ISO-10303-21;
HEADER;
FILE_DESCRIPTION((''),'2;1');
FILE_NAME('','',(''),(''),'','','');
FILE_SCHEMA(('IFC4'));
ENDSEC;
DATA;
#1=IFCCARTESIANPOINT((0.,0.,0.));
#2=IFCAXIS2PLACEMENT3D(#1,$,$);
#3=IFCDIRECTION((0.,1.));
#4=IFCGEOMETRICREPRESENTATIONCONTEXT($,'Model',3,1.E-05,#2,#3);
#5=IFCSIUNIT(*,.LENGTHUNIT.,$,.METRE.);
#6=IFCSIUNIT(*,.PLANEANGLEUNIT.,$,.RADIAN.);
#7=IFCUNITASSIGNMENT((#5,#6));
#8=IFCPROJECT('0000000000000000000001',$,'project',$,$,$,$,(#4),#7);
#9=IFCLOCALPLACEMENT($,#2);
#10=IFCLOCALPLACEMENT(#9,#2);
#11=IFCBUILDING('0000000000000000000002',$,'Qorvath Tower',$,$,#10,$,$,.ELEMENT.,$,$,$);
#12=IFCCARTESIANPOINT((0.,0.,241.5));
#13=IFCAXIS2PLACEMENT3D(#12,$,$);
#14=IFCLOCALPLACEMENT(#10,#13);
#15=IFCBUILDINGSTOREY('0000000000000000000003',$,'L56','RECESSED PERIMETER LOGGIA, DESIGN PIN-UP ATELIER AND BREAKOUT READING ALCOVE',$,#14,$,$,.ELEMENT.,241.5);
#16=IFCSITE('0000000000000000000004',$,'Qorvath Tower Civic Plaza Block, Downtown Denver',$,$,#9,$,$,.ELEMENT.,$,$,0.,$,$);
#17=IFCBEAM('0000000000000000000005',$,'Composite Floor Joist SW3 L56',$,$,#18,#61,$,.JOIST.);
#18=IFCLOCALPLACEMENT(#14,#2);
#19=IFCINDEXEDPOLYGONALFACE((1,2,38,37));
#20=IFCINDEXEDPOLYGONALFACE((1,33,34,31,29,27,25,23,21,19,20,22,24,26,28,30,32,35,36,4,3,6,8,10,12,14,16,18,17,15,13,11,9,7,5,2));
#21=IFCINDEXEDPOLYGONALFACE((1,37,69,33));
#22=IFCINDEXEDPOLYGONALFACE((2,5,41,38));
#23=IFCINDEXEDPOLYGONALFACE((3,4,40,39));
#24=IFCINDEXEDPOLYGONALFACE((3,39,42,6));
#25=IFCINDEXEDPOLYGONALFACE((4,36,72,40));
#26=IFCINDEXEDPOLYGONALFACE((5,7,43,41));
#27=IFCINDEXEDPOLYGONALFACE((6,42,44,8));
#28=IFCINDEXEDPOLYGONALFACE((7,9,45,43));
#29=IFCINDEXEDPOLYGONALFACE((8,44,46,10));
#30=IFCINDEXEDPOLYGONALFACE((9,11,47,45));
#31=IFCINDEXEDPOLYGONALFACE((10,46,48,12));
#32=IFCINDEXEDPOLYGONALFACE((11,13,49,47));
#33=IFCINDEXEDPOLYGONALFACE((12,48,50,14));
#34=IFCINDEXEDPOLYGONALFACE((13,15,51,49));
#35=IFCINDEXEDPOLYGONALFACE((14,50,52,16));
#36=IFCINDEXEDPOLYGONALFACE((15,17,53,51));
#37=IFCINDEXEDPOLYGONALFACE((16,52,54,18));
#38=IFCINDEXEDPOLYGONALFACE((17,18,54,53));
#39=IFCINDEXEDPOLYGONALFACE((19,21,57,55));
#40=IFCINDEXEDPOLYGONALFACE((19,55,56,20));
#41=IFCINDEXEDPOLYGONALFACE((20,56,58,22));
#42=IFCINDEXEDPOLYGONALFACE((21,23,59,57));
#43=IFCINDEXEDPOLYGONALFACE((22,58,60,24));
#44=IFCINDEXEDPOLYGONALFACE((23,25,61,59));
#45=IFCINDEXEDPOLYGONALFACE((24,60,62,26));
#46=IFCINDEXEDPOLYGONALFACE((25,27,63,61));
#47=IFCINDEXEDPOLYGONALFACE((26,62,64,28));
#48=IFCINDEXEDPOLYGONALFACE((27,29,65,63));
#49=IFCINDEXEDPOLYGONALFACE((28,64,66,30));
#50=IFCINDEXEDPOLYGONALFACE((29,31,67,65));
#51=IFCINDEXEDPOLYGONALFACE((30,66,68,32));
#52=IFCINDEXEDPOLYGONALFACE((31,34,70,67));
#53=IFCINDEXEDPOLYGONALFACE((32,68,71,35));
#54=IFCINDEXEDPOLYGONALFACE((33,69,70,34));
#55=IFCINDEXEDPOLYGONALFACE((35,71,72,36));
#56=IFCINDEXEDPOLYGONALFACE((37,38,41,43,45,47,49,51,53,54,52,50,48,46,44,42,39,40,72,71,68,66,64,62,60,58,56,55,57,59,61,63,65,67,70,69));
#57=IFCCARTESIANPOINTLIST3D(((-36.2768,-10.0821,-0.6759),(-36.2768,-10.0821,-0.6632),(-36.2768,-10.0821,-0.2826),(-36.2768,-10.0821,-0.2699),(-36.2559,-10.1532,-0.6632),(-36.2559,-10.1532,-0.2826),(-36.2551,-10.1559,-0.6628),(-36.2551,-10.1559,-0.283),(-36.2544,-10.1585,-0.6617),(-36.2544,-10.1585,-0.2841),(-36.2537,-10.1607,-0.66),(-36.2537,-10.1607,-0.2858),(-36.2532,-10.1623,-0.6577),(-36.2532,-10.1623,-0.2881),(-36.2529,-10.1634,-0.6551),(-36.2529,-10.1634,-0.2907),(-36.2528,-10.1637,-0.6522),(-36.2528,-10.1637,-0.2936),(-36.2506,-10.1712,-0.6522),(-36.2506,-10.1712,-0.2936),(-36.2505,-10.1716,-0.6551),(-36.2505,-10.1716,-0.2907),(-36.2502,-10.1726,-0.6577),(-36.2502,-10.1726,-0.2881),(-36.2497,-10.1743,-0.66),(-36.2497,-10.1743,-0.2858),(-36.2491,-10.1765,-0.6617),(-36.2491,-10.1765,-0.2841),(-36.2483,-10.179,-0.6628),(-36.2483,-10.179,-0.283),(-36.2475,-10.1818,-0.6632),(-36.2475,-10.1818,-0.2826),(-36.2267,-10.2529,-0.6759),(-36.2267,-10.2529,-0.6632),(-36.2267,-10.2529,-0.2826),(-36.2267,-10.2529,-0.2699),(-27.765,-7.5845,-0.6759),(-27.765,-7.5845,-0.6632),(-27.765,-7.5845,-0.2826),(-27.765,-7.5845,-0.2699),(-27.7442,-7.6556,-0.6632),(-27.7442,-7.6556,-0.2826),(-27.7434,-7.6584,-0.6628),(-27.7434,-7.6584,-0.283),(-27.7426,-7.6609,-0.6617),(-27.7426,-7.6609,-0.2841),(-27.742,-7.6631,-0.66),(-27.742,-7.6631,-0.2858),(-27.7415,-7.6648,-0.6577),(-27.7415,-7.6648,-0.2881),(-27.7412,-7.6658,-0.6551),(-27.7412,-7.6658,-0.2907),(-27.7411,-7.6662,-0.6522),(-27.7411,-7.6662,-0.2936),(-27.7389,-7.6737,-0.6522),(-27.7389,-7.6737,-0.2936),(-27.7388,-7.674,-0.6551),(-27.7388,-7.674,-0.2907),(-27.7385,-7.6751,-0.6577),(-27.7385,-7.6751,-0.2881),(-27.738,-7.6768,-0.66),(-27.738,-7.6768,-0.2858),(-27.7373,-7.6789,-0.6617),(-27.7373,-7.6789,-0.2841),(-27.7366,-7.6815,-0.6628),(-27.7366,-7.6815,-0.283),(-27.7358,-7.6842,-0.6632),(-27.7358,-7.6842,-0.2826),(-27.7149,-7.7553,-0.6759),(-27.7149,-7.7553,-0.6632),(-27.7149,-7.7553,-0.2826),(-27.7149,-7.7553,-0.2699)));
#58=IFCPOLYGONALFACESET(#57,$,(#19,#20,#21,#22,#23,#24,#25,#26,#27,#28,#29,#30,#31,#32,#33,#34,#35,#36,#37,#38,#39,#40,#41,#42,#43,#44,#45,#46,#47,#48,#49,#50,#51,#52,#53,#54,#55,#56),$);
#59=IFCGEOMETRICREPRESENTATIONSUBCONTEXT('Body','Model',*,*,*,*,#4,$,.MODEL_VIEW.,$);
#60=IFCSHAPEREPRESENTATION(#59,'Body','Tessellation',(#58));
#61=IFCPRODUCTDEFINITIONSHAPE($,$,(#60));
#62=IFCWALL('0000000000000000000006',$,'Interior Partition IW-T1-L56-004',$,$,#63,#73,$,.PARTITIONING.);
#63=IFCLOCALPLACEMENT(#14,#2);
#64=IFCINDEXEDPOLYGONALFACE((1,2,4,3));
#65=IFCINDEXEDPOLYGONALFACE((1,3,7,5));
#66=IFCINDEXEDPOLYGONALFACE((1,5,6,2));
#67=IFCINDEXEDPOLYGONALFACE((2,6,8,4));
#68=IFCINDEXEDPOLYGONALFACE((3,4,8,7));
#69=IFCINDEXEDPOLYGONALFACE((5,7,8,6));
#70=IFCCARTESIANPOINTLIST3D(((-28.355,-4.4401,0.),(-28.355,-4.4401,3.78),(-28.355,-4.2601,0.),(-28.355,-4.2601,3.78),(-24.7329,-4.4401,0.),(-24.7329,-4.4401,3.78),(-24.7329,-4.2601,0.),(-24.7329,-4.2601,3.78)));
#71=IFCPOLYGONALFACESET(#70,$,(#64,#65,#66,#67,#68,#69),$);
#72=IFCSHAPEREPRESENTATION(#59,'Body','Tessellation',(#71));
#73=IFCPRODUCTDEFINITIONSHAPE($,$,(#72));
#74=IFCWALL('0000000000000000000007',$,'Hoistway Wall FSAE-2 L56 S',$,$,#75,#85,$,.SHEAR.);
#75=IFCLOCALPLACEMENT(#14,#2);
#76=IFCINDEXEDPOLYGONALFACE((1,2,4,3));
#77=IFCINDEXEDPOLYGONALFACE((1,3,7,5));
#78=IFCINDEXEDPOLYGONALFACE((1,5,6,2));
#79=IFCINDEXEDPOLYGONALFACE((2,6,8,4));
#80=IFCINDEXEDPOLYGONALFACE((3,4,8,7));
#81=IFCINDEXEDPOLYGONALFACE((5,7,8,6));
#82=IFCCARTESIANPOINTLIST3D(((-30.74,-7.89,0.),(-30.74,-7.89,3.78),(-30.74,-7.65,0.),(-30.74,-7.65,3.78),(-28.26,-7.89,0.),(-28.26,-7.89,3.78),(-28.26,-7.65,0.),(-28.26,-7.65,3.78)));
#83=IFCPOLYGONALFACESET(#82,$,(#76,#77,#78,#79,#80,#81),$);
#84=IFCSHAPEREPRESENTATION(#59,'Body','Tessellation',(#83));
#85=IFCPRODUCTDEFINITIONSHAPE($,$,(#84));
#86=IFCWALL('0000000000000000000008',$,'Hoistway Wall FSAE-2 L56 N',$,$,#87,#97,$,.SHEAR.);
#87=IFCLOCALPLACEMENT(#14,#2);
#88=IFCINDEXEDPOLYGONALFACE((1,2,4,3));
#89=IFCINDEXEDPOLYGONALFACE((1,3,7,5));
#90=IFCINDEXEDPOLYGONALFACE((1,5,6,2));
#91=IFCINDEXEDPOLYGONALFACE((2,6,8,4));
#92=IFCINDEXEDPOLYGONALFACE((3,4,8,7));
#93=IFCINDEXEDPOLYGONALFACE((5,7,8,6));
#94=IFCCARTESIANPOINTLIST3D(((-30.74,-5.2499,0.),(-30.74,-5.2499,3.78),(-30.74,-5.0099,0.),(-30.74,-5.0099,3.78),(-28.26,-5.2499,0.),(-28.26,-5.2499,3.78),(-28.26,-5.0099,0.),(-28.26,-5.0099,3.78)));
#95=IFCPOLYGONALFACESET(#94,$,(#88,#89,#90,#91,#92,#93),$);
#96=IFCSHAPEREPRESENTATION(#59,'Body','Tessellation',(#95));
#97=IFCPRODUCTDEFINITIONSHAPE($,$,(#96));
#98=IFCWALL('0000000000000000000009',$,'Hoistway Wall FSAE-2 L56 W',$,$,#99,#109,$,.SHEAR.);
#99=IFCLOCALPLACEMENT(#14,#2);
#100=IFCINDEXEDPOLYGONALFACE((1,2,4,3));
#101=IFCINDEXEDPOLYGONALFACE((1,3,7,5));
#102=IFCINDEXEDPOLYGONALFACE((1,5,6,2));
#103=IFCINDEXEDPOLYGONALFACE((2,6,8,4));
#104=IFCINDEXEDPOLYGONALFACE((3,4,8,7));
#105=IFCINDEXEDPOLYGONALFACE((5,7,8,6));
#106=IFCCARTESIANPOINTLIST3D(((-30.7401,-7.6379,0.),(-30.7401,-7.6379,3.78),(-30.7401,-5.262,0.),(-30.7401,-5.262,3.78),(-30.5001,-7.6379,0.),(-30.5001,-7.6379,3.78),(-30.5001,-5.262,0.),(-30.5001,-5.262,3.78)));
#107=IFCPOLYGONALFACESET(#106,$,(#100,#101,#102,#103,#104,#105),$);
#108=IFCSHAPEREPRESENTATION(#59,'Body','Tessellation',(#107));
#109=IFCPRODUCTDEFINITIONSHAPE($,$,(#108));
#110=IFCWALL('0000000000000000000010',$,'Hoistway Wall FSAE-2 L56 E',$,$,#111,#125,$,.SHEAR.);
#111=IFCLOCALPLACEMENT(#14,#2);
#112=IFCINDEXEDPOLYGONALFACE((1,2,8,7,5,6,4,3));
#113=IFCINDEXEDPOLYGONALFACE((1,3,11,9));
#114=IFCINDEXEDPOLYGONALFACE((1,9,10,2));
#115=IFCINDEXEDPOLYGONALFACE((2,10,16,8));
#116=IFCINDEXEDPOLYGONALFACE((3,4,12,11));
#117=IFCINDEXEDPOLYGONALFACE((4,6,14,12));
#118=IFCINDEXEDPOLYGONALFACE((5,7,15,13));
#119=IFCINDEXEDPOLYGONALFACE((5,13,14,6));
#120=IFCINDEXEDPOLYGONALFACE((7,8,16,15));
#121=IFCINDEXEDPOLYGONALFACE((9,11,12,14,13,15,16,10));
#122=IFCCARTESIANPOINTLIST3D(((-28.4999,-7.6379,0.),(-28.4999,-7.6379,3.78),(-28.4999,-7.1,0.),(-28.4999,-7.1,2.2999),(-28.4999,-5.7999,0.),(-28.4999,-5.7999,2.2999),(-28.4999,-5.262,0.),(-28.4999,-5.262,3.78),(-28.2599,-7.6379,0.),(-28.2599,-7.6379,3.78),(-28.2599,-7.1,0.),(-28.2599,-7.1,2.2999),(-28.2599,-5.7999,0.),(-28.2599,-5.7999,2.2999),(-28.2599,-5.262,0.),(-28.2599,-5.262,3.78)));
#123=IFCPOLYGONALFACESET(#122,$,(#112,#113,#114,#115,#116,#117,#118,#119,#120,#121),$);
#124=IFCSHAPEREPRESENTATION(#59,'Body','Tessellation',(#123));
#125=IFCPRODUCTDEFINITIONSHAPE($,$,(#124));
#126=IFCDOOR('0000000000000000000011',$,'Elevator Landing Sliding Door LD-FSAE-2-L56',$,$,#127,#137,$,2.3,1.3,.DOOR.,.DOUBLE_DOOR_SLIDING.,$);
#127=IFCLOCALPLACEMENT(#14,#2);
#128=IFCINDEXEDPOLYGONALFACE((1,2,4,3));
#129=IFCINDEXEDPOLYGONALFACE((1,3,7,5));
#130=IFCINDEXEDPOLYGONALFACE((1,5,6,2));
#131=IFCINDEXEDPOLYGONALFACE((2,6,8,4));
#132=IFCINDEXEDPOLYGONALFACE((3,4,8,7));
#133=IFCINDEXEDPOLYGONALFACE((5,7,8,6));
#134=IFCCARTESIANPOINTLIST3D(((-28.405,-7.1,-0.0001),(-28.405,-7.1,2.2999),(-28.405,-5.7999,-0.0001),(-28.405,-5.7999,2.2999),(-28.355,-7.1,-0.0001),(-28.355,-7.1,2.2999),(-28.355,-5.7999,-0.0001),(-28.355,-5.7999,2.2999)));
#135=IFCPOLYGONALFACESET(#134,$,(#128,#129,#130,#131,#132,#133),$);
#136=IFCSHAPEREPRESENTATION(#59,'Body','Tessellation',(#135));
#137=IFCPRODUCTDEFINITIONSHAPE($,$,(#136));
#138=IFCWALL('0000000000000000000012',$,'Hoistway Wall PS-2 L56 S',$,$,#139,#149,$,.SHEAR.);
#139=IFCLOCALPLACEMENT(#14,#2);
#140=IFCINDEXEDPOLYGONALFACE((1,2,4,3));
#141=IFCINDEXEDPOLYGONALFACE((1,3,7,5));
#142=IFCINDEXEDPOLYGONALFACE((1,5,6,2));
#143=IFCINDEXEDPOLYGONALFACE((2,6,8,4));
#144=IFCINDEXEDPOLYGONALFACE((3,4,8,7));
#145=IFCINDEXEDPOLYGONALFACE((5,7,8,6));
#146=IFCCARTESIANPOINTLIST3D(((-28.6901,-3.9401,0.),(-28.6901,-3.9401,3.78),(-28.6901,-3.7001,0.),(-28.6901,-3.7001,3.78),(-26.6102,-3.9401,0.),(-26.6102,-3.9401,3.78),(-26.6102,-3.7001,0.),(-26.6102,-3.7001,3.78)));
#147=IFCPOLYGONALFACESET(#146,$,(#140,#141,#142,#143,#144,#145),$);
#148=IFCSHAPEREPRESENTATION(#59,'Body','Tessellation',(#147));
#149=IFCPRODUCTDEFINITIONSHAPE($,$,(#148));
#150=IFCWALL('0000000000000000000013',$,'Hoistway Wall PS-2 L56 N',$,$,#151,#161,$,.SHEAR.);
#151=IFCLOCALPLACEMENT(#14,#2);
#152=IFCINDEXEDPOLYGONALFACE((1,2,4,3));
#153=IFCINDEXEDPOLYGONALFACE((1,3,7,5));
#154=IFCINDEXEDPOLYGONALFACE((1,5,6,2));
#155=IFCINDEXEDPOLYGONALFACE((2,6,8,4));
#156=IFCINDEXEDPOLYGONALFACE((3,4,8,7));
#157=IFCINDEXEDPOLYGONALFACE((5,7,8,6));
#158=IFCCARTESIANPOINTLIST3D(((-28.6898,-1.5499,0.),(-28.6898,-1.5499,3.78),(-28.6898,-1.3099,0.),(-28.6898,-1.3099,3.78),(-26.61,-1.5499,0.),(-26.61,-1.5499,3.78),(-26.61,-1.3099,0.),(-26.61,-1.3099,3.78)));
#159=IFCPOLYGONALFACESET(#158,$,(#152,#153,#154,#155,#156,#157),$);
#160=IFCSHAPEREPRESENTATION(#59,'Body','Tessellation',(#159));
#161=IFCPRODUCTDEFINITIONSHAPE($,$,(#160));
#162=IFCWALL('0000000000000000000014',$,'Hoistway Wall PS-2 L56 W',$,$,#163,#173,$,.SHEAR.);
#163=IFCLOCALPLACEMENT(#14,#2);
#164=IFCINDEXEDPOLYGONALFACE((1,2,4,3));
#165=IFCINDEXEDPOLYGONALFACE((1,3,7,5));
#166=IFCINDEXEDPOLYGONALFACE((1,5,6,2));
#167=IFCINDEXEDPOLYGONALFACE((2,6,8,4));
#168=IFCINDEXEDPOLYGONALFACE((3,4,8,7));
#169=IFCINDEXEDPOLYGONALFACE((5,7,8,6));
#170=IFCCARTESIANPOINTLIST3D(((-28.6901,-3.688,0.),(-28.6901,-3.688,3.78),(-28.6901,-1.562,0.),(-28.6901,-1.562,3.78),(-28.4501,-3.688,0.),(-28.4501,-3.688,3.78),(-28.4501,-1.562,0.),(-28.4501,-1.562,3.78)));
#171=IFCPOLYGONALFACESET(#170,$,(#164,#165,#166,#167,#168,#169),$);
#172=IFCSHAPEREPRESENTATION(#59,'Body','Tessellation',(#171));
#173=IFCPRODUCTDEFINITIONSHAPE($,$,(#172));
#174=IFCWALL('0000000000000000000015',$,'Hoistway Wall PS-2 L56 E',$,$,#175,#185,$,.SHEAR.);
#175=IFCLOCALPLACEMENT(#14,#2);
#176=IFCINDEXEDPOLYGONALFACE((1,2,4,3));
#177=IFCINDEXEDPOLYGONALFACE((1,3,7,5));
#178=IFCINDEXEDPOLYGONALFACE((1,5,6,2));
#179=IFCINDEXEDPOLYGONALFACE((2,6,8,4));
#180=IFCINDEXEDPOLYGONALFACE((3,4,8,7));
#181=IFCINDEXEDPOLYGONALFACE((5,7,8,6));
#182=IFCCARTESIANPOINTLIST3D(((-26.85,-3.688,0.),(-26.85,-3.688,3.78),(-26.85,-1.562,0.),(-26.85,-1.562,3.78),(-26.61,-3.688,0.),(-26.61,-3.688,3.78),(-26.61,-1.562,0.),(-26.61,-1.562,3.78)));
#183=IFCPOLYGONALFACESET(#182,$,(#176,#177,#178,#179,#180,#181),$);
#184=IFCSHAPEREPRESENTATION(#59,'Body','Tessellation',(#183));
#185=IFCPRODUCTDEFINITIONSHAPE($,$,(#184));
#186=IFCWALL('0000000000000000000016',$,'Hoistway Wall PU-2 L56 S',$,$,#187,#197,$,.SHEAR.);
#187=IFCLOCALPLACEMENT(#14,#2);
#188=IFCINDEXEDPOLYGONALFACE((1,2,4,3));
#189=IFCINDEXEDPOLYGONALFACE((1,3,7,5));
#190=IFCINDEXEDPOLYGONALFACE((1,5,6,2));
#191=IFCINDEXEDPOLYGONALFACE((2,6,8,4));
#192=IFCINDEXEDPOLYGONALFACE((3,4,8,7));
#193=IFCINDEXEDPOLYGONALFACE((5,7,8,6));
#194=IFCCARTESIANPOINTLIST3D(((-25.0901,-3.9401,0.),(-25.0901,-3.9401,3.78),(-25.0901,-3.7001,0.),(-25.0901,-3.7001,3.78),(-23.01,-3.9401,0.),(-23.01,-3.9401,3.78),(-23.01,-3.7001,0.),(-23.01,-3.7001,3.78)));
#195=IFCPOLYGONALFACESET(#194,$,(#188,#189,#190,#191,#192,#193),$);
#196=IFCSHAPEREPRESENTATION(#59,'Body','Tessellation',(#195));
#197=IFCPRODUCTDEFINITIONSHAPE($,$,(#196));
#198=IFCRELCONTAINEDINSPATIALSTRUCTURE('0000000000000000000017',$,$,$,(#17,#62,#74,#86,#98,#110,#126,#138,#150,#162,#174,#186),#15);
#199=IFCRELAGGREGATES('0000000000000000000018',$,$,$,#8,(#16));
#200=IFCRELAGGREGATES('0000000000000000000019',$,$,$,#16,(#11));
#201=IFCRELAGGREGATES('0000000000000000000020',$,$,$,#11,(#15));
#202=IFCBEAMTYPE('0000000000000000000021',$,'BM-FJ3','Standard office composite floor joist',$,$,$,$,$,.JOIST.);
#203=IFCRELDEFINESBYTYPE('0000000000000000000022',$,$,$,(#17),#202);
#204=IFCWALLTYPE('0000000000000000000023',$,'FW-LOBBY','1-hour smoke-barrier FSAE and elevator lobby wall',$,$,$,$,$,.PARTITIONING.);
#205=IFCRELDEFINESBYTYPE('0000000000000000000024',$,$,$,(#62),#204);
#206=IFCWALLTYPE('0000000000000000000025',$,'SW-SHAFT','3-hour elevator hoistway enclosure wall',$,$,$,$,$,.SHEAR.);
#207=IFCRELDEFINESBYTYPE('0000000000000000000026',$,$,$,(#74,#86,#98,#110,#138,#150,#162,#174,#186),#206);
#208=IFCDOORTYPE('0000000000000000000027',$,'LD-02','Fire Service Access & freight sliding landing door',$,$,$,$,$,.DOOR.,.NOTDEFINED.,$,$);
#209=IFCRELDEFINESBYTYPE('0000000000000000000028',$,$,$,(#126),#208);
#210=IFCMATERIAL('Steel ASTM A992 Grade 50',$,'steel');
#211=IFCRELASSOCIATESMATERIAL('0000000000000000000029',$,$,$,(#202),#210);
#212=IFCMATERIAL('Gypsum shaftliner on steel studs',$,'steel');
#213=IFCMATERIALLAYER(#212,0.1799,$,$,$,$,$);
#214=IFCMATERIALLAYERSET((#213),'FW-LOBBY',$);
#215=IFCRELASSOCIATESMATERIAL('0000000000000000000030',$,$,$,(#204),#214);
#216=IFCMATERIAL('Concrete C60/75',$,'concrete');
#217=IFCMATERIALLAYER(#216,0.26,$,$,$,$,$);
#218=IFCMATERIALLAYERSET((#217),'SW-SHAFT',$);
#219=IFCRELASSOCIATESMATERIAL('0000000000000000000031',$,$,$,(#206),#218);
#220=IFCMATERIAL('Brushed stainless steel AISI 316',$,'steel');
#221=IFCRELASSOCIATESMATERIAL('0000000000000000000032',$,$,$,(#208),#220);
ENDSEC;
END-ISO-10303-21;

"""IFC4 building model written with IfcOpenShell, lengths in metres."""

from ifc_helpers import new_model, si_unit, direction, frame, frame_2d, origin, origin_2d, place, context, subcontext, project, spatial, rectangle, i_section, extrude, material, layer, layer_set, material_profile, profile_set, type_object, element, fill, save


model = new_model("IFC4")

# Units and contexts
model_context = context("Model", 3, precision=1e-05, world=origin(), true_north=direction((0.0, 1.0)))
body_context = subcontext(model_context, "Body", "Model", "MODEL_VIEW")
ifc_project = project(units=[si_unit("LENGTHUNIT", "METRE"), si_unit("PLANEANGLEUNIT", "RADIAN")], contexts=[model_context])

# Site, building, storey
site_placement = place(None, origin())
site = spatial("IfcSite", under=ifc_project, at=site_placement, Name="Qorvath Tower Civic Plaza Block, Downtown Denver", CompositionType="ELEMENT", RefElevation=0.0)
building_placement = place(site_placement, origin())
building = spatial("IfcBuilding", under=site, at=building_placement, Name="Qorvath Tower", CompositionType="ELEMENT")
storey_placement = place(building_placement, frame((0.0, 0.0, 241.5)))
storey = spatial("IfcBuildingStorey", under=building, at=storey_placement, Name="L56", Description="RECESSED PERIMETER LOGGIA, DESIGN PIN-UP ATELIER AND BREAKOUT READING ALCOVE", CompositionType="ELEMENT", Elevation=241.5)

# Beam
ifc_material_1 = material(Name="Steel ASTM A992 Grade 50", Category="steel")
ifc_material_profile_1 = material_profile(ifc_material_1, i_section(OverallWidth=0.178, OverallDepth=0.406, WebThickness=0.0078, FlangeThickness=0.0127, FilletRadius=0.011, at=origin_2d()), Name="W16x40")
ifc_profile_set_1 = profile_set([ifc_material_profile_1], Name="Steel ASTM A992 Grade 50")
beam_type_1 = type_object("IfcBeamType", Name="BM-FJ3", Description="Standard office composite floor joist", PredefinedType="JOIST", material=ifc_profile_set_1)
beam_1_placement = place(storey_placement, frame((-27.74, -7.6699, -0.4729), z_axis=(-0.959545, -0.281555, 0.0), x_axis=(0.281555, -0.959545, 0.0)))
element("IfcBeam", 1, at=beam_1_placement, inside=storey, type_object=beam_type_1, Name="Composite Floor Joist SW3 L56", PredefinedType="JOIST", context=body_context, shape_type="SweptSolid", body=[
    extrude(i_section(OverallWidth=0.178, OverallDepth=0.406, WebThickness=0.0078, FlangeThickness=0.0127, FilletRadius=0.011, at=origin_2d()), origin(), (0.0, 0.0, 1.0), 8.8706),
])

# Walls
ifc_material_2 = material(Name="Gypsum shaftliner on steel studs", Category="steel")
ifc_layer_1 = layer(ifc_material_2, 0.1799)
ifc_layer_set_1 = layer_set([ifc_layer_1], Name="FW-LOBBY")
wall_type_1 = type_object("IfcWallType", Name="FW-LOBBY", Description="1-hour smoke-barrier FSAE and elevator lobby wall", PredefinedType="PARTITIONING", material=ifc_layer_set_1)
wall_1_placement = place(storey_placement, frame((-24.7329, -4.3501, 0.0), z_axis=(0.0, 0.0, 1.0), x_axis=(-1.0, 0.0, 0.0)))
element("IfcWall", 2, at=wall_1_placement, inside=storey, type_object=wall_type_1, Name="Interior Partition IW-T1-L56-004", PredefinedType="PARTITIONING", context=body_context, shape_type="SweptSolid", body=[
    extrude(rectangle(XDim=3.6221, YDim=0.1799, at=frame_2d((1.811, 0.0))), origin(), (0.0, 0.0, 1.0), 3.78),
])
ifc_material_3 = material(Name="Concrete C60/75", Category="concrete")
ifc_layer_2 = layer(ifc_material_3, 0.26)
ifc_layer_set_2 = layer_set([ifc_layer_2], Name="SW-SHAFT")
wall_type_2 = type_object("IfcWallType", Name="SW-SHAFT", Description="3-hour elevator hoistway enclosure wall", PredefinedType="SHEAR", material=ifc_layer_set_2)
for number, where, z_axis, x_axis, name in (
    (3, (-28.26, -7.77, 0.0), (0.0, 0.0, 1.0), (-1.0, 0.0, 0.0), "Hoistway Wall FSAE-2 L56 S"),
    (4, (-30.74, -5.1299, 0.0), (0.0, 0.0, 1.0), (1.0, 0.0, 0.0), "Hoistway Wall FSAE-2 L56 N"),
):
    element("IfcWall", number, at=place(storey_placement, frame(where, z_axis=z_axis, x_axis=x_axis)), inside=storey, type_object=wall_type_2, Name=name, PredefinedType="SHEAR", context=body_context, shape_type="SweptSolid", body=[
        extrude(rectangle(XDim=2.48, YDim=0.24, at=frame_2d((1.24, 0.0))), origin(), (0.0, 0.0, 1.0), 3.78),
    ])
wall_2_placement = place(storey_placement, frame((-30.6201, -7.6379, 0.0), z_axis=(0.0, 0.0, 1.0), x_axis=(0.0, 1.0, 0.0)))
element("IfcWall", 5, at=wall_2_placement, inside=storey, type_object=wall_type_2, Name="Hoistway Wall FSAE-2 L56 W", PredefinedType="SHEAR", context=body_context, shape_type="SweptSolid", body=[
    extrude(rectangle(XDim=2.376, YDim=0.24, at=frame_2d((1.188, 0.0))), origin(), (0.0, 0.0, 1.0), 3.78),
])

# Wall, opening, door
wall_3_placement = place(storey_placement, frame((-28.3799, -5.262, 0.0), z_axis=(0.0, 0.0, 1.0), x_axis=(0.0, -1.0, 0.0)))
wall_3 = element("IfcWall", 6, at=wall_3_placement, inside=storey, type_object=wall_type_2, Name="Hoistway Wall FSAE-2 L56 E", PredefinedType="SHEAR", context=body_context, shape_type="SweptSolid", body=[
    extrude(rectangle(XDim=2.376, YDim=0.24, at=frame_2d((1.188, 0.0))), origin(), (0.0, 0.0, 1.0), 3.78),
])
opening_1_placement = place(wall_3_placement, frame((0.5381, 0.0, 0.0)))
opening_1 = element("IfcOpeningElement", 7, at=opening_1_placement, cuts=wall_3, PredefinedType="OPENING", context=body_context, shape_type="SweptSolid", body=[
    extrude(rectangle(XDim=1.3, YDim=2.3, at=frame_2d((0.6499, 1.1499))), frame((0.0, 0.1299, 0.0), z_axis=(0.0, -1.0, 0.0), x_axis=(1.0, 0.0, 0.0)), (0.0, 0.0, 1.0), 0.26),
])
ifc_material_4 = material(Name="Brushed stainless steel AISI 316", Category="steel")
door_type_1 = type_object("IfcDoorType", Name="LD-02", Description="Fire Service Access & freight sliding landing door", OperationType="NOTDEFINED", PredefinedType="DOOR", material=ifc_material_4)
door_1_placement = place(opening_1_placement, origin())
door_1 = element("IfcDoor", 8, at=door_1_placement, inside=storey, type_object=door_type_1, Name="Elevator Landing Sliding Door LD-FSAE-2-L56", OperationType="DOUBLE_DOOR_SLIDING", OverallHeight=2.3, OverallWidth=1.3, PredefinedType="DOOR", context=body_context, shape_type="SweptSolid", body=[
    extrude(rectangle(XDim=1.3, YDim=2.3, at=frame_2d((0.6499, 1.1499))), frame((0.0, 0.0249, 0.0), z_axis=(0.0, -1.0, 0.0), x_axis=(1.0, 0.0, 0.0)), (0.0, 0.0, 1.0), 0.05),
])
fill(opening_1, door_1)

# Walls
for number, where, z_axis, x_axis, name in (
    (9, (-26.6101, -3.8201, 0.0), (0.0, 0.0, 1.0), (-1.0, 0.0, 0.0), "Hoistway Wall PS-2 L56 S"),
    (10, (-28.6899, -1.4299, 0.0), (0.0, 0.0, 1.0), (1.0, 0.0, 0.0), "Hoistway Wall PS-2 L56 N"),
):
    element("IfcWall", number, at=place(storey_placement, frame(where, z_axis=z_axis, x_axis=x_axis)), inside=storey, type_object=wall_type_2, Name=name, PredefinedType="SHEAR", context=body_context, shape_type="SweptSolid", body=[
        extrude(rectangle(XDim=2.0798, YDim=0.24, at=frame_2d((1.04, 0.0))), origin(), (0.0, 0.0, 1.0), 3.78),
    ])
for number, where, z_axis, x_axis, name in (
    (11, (-28.5701, -3.688, 0.0), (0.0, 0.0, 1.0), (0.0, 1.0, 0.0), "Hoistway Wall PS-2 L56 W"),
    (12, (-26.73, -1.562, 0.0), (0.0, 0.0, 1.0), (0.0, -1.0, 0.0), "Hoistway Wall PS-2 L56 E"),
):
    element("IfcWall", number, at=place(storey_placement, frame(where, z_axis=z_axis, x_axis=x_axis)), inside=storey, type_object=wall_type_2, Name=name, PredefinedType="SHEAR", context=body_context, shape_type="SweptSolid", body=[
        extrude(rectangle(XDim=2.126, YDim=0.24, at=frame_2d((1.063, 0.0))), origin(), (0.0, 0.0, 1.0), 3.78),
    ])
wall_4_placement = place(storey_placement, frame((-23.01, -3.8201, 0.0), z_axis=(0.0, 0.0, 1.0), x_axis=(-1.0, 0.0, 0.0)))
element("IfcWall", 13, at=wall_4_placement, inside=storey, type_object=wall_type_2, Name="Hoistway Wall PU-2 L56 S", PredefinedType="SHEAR", context=body_context, shape_type="SweptSolid", body=[
    extrude(rectangle(XDim=2.0801, YDim=0.24, at=frame_2d((1.04, 0.0))), origin(), (0.0, 0.0, 1.0), 3.78),
])

save(model, "model.ifc")
